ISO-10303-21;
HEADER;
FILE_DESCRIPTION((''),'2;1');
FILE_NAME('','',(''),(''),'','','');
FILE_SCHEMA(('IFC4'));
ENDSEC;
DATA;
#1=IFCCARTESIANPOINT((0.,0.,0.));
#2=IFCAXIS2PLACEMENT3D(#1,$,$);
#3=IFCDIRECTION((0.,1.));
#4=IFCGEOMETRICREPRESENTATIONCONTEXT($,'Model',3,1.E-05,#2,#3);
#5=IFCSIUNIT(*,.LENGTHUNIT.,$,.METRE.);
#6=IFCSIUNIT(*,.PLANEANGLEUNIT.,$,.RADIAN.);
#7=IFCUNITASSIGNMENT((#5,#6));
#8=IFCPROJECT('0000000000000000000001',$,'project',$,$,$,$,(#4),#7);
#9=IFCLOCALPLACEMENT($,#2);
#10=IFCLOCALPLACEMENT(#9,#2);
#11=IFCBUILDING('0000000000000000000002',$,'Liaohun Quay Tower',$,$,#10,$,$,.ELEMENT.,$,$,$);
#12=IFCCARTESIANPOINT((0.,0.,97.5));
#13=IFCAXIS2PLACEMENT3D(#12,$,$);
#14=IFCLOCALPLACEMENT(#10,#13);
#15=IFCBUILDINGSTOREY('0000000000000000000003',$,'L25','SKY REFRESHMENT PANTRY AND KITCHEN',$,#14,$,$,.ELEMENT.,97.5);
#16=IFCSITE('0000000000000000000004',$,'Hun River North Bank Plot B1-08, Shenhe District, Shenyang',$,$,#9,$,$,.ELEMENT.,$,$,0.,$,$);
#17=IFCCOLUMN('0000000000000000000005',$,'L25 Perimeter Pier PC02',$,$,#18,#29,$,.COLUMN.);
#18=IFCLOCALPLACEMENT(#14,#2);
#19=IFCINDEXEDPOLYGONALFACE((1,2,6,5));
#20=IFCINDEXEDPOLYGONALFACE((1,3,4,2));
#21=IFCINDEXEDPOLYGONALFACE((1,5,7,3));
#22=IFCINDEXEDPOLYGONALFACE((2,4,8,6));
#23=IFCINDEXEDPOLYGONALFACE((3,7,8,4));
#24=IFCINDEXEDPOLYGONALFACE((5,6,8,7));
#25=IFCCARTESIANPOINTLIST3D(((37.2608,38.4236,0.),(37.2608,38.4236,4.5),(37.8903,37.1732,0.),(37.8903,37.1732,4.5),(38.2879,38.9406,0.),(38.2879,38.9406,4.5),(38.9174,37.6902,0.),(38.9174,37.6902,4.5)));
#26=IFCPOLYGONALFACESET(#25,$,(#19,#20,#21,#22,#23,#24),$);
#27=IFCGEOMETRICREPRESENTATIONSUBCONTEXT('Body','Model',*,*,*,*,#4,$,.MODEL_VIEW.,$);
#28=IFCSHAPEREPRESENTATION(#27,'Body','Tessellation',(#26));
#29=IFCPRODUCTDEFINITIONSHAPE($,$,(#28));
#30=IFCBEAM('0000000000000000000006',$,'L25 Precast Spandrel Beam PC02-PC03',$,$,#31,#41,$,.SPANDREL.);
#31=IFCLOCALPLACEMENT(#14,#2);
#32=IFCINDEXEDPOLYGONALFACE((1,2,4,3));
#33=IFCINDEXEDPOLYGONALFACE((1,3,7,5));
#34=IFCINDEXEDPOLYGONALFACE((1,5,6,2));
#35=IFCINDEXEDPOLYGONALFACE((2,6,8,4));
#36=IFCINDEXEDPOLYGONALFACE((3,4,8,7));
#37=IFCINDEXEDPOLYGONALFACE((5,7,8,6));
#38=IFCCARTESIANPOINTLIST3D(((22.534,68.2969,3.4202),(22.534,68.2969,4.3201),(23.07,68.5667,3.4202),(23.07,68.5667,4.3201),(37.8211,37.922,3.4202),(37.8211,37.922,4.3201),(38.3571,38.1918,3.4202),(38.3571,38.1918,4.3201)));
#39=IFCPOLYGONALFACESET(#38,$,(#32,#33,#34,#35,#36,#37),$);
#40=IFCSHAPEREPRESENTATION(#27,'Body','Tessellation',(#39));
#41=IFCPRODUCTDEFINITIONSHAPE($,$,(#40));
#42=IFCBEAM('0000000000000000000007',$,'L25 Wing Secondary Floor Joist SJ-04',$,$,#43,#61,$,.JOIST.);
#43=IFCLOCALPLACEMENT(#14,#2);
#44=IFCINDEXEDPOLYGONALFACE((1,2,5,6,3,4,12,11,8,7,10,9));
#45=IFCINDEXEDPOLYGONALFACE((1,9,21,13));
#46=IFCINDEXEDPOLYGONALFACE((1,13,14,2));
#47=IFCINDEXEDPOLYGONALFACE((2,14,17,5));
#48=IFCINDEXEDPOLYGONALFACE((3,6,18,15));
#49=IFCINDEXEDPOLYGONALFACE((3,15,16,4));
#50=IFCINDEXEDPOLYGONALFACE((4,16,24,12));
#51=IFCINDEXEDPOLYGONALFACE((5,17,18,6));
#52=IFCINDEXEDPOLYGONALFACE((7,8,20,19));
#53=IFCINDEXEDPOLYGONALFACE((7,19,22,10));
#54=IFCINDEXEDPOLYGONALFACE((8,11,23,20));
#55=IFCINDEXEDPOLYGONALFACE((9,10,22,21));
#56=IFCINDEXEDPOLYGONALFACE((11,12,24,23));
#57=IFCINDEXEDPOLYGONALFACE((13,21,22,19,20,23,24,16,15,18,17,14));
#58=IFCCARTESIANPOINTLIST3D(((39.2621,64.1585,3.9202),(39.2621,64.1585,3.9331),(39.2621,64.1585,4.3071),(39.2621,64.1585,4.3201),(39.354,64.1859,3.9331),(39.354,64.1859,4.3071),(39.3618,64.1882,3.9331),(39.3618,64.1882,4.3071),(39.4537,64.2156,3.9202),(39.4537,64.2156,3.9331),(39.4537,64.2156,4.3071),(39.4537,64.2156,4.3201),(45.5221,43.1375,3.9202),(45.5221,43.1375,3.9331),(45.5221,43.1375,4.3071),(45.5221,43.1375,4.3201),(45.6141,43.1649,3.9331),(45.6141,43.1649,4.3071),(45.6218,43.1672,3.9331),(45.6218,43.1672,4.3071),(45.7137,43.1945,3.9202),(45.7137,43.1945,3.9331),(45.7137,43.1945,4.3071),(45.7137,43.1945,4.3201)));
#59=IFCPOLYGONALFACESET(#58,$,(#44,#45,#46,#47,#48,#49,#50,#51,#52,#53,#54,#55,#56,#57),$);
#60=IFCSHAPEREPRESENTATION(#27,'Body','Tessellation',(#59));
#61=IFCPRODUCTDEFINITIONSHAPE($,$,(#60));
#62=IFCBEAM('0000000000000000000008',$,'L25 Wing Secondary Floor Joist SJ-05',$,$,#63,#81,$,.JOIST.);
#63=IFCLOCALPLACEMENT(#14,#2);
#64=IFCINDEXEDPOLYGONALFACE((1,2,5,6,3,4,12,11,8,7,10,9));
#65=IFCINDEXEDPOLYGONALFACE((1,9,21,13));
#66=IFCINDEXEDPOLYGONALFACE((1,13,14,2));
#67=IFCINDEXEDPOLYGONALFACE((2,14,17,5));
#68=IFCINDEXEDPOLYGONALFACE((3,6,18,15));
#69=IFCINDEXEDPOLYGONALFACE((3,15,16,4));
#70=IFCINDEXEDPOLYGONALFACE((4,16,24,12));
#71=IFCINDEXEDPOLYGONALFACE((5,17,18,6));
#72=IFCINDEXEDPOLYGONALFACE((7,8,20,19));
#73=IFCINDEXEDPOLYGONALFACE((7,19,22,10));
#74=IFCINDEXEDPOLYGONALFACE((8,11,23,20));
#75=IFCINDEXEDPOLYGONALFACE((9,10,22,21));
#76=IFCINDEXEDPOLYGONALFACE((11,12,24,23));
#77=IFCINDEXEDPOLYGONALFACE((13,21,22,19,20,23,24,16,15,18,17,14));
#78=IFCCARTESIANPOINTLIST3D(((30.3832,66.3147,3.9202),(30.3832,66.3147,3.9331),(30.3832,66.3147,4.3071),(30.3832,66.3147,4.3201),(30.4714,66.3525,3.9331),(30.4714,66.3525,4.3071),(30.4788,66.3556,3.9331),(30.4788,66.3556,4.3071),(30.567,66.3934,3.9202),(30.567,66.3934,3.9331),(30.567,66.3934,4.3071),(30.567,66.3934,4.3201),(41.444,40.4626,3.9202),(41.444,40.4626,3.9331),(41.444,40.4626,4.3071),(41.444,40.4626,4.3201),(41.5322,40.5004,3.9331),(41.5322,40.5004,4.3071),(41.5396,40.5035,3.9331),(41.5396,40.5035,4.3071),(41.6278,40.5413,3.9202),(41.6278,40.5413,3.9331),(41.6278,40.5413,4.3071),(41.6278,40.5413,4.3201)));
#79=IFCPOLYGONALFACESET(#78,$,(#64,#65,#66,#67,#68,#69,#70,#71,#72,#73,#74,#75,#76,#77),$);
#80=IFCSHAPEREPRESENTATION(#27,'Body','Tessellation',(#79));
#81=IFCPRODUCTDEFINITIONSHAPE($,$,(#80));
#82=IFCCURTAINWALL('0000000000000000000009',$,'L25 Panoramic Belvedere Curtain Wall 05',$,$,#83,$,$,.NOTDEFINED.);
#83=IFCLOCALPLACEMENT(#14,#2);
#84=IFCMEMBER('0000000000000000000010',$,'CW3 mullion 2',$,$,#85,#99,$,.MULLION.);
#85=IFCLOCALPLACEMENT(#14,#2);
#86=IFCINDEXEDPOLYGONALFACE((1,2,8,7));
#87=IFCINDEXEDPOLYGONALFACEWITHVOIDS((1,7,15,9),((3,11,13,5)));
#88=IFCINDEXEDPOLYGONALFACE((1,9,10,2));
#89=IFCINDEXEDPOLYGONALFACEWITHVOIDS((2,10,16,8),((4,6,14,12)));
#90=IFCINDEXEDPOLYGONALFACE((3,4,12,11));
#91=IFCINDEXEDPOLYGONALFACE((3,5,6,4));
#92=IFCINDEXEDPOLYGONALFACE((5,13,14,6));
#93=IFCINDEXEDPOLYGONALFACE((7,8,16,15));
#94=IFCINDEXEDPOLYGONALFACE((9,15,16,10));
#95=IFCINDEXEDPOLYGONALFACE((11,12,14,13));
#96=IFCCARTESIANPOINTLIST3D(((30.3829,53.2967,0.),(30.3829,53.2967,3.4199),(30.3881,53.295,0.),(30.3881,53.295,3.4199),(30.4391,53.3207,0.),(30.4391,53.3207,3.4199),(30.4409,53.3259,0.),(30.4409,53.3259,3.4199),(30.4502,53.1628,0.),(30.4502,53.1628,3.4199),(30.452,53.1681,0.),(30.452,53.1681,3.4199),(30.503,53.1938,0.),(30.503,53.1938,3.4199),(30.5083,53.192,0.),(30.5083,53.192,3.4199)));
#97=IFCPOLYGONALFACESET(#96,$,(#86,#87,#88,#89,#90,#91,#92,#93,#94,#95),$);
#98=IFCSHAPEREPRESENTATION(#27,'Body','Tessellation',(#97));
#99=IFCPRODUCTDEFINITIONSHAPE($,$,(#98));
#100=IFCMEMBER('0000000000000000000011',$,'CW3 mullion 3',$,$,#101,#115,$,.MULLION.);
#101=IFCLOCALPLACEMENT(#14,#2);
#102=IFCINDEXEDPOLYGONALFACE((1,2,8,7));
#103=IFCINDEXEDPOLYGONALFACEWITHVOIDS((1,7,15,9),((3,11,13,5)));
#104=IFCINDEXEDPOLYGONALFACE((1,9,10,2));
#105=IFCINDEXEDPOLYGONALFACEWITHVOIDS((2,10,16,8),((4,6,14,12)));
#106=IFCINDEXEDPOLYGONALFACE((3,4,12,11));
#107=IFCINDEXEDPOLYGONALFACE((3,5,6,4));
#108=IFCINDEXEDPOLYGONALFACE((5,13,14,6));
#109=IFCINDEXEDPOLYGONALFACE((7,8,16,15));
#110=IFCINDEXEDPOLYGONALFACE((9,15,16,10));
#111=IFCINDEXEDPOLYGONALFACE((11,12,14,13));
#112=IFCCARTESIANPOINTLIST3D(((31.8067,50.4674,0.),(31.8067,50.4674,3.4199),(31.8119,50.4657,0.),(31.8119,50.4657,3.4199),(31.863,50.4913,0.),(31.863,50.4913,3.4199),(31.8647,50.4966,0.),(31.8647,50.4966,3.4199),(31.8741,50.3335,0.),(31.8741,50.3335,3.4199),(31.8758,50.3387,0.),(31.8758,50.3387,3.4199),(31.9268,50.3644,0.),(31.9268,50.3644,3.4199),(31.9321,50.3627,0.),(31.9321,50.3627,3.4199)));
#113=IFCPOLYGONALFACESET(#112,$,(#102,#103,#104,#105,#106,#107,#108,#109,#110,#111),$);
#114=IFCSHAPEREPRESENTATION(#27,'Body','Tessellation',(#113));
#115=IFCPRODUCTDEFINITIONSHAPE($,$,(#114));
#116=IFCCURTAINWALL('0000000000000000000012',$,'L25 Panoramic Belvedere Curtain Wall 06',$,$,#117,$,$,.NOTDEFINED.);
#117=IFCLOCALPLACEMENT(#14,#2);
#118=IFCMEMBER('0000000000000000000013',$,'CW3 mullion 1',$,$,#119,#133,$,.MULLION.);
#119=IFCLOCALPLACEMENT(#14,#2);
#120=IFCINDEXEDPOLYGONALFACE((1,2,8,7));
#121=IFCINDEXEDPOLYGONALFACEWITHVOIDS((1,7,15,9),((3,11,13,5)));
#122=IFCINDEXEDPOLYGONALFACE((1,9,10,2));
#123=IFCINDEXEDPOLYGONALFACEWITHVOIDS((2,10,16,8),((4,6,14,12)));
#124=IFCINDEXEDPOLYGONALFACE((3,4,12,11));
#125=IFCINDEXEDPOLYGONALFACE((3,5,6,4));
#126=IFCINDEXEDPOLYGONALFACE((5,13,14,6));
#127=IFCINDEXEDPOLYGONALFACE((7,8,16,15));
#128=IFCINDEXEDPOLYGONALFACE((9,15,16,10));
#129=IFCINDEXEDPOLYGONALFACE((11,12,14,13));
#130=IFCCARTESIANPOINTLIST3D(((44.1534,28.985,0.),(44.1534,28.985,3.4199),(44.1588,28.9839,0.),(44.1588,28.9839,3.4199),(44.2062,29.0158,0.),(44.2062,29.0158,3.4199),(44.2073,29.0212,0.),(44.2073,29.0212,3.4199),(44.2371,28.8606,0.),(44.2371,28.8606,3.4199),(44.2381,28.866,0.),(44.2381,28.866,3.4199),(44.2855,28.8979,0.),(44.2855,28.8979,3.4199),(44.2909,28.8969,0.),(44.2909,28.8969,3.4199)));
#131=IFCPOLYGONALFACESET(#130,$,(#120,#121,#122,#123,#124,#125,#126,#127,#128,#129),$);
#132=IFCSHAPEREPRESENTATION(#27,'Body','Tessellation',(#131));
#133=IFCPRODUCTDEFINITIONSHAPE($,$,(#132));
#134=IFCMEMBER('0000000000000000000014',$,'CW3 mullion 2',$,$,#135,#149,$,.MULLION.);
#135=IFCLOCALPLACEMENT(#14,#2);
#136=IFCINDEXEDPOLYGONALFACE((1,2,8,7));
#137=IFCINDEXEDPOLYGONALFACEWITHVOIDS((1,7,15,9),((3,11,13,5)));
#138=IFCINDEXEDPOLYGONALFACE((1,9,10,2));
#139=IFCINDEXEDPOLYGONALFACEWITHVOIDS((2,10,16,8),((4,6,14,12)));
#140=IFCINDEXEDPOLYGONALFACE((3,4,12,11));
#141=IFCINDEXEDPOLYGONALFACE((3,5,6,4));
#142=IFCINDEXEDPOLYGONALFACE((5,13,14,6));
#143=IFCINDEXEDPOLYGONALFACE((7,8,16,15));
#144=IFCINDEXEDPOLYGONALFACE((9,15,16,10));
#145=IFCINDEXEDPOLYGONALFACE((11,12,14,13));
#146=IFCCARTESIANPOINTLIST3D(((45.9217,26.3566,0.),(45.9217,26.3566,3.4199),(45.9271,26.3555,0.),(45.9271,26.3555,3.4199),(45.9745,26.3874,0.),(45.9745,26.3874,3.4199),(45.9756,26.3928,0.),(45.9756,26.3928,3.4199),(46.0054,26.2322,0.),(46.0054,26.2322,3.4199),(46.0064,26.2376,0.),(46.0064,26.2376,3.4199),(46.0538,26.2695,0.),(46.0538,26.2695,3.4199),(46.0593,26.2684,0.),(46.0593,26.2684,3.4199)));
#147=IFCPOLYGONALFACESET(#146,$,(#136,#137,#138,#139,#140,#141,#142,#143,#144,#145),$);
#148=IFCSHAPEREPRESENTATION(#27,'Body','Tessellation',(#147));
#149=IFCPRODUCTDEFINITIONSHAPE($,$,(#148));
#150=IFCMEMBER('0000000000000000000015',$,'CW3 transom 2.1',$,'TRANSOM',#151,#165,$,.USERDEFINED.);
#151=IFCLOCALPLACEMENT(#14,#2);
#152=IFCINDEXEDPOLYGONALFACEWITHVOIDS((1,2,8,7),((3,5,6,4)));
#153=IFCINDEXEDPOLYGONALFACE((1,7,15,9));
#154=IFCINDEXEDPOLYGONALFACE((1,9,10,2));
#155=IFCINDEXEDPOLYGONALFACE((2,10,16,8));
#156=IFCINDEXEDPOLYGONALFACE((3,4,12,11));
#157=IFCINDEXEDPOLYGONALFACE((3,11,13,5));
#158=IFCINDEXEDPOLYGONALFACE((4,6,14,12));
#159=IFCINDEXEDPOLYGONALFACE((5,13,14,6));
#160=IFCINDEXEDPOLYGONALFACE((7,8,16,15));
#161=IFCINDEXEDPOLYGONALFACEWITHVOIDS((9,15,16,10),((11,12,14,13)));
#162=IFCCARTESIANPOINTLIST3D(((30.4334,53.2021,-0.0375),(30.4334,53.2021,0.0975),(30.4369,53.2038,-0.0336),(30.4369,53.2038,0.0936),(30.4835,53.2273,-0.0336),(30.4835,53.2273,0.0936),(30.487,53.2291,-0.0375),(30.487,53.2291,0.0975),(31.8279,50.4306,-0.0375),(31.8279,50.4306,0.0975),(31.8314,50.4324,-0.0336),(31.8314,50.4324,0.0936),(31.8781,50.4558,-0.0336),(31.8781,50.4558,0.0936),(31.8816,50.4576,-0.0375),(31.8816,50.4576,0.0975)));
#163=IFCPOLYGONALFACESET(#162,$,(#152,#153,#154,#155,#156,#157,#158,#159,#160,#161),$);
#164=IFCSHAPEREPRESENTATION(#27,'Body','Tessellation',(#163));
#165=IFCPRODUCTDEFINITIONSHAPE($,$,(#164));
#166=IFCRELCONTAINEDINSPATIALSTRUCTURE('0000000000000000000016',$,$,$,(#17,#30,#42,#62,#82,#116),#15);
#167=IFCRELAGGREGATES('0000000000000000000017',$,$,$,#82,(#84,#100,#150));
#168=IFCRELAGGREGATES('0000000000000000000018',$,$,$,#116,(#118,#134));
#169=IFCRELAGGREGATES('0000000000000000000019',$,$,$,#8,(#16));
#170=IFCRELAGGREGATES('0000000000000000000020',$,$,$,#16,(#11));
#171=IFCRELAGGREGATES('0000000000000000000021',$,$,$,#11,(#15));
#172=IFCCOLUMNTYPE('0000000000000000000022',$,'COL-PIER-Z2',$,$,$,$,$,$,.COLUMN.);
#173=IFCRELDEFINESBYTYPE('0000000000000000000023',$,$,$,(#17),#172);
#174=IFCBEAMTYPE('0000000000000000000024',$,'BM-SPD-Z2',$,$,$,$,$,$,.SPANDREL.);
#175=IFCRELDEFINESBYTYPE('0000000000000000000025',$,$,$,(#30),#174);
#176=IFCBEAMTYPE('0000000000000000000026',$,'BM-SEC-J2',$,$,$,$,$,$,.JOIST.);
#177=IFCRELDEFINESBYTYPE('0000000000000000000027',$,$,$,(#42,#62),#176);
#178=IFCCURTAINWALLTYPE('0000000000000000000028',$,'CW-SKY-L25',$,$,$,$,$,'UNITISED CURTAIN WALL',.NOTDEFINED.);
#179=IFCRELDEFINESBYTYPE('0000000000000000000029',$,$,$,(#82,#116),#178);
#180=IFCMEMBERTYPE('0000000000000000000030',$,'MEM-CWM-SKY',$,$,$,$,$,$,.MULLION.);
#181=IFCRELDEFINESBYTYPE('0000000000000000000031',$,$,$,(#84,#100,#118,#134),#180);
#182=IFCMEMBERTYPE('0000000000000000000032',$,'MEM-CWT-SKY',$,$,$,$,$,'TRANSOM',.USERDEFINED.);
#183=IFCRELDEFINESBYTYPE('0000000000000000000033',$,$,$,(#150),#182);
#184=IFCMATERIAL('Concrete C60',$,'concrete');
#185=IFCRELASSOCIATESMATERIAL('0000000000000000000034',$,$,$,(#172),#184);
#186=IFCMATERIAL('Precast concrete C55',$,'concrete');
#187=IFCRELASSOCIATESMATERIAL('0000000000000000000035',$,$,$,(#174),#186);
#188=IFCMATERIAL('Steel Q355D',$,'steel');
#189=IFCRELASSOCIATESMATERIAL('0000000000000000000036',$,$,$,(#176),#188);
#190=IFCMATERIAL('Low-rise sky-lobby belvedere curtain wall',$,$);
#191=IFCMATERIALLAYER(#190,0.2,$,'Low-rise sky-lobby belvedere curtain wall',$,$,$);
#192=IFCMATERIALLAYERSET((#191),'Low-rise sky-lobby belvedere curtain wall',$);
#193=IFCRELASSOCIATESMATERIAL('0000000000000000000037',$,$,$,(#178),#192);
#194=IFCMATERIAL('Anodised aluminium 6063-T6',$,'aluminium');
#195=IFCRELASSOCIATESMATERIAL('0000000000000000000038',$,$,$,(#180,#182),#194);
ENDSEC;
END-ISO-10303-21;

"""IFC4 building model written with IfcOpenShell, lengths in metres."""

from ifc_helpers import new_model, si_unit, direction, frame, origin, origin_2d, place, context, subcontext, project, spatial, rectangle, hollow_rectangle, i_section, extrude, source, transform, mapped, material, layer, layer_set, material_profile, profile_set, type_object, element, aggregate, save


model = new_model("IFC4")

# Units and contexts
model_context = context("Model", 3, precision=1e-05, world=origin(), true_north=direction((0.0, 1.0)))
body_context = subcontext(model_context, "Body", "Model", "MODEL_VIEW")
ifc_project = project(units=[si_unit("LENGTHUNIT", "METRE"), si_unit("PLANEANGLEUNIT", "RADIAN")], contexts=[model_context])

# Site, building, storey
site_placement = place(None, origin())
site = spatial("IfcSite", under=ifc_project, at=site_placement, Name="Hun River North Bank Plot B1-08, Shenhe District, Shenyang", CompositionType="ELEMENT", RefElevation=0.0)
building_placement = place(site_placement, origin())
building = spatial("IfcBuilding", under=site, at=building_placement, Name="Liaohun Quay Tower", CompositionType="ELEMENT")
storey_placement = place(building_placement, frame((0.0, 0.0, 97.5)))
storey = spatial("IfcBuildingStorey", under=building, at=storey_placement, Name="L25", Description="SKY REFRESHMENT PANTRY AND KITCHEN", CompositionType="ELEMENT", Elevation=97.5)

# Column
ifc_material_1 = material(Name="Concrete C60", Category="concrete")
ifc_material_profile_1 = material_profile(ifc_material_1, rectangle(XDim=1.3999, YDim=1.1499, at=origin_2d()), Name="RC1400x1150")
ifc_profile_set_1 = profile_set([ifc_material_profile_1], Name="Concrete C60")
column_type = type_object("IfcColumnType", Name="COL-PIER-Z2", PredefinedType="COLUMN", material=ifc_profile_set_1)
shared_shape_1 = source(origin(), body_context, "Body", "SweptSolid", [
    extrude(rectangle(XDim=1.3999, YDim=1.1499, at=origin_2d()), origin(), (0.0, 0.0, 1.0), 4.5),
])
column_placement = place(storey_placement, frame((38.0891, 38.0569, 0.0), z_axis=(0.0, 0.0, 1.0), x_axis=(-0.449631, 0.893214, 0.0)))
element("IfcColumn", 1, at=column_placement, inside=storey, type_object=column_type, Name="L25 Perimeter Pier PC02", PredefinedType="COLUMN", context=body_context, shape_type="MappedRepresentation", body=[
    mapped(shared_shape_1, transform((0.0, 0.0, 0.0), x_axis=(1.0, 0.0, 0.0), y_axis=(0.0, 1.0, 0.0), z_axis=(0.0, 0.0, 1.0), scale=1.0)),
])

# Beams
ifc_material_2 = material(Name="Precast concrete C55", Category="concrete")
ifc_material_profile_2 = material_profile(ifc_material_2, rectangle(XDim=0.6001, YDim=0.8999, at=origin_2d()), Name="RC600x900")
ifc_profile_set_2 = profile_set([ifc_material_profile_2], Name="Precast concrete C55")
beam_type_1 = type_object("IfcBeamType", Name="BM-SPD-Z2", PredefinedType="SPANDREL", material=ifc_profile_set_2)
shared_shape_2 = source(origin(), body_context, "Body", "SweptSolid", [
    extrude(rectangle(XDim=0.6001, YDim=0.8999, at=origin_2d()), origin(), (0.0, 0.0, 1.0), 34.0049),
])
beam_1_placement = place(storey_placement, frame((38.0891, 38.0569, 3.8701), z_axis=(-0.449555, 0.893252, 0.0), x_axis=(-0.893252, -0.449555, 0.0)))
element("IfcBeam", 2, at=beam_1_placement, inside=storey, type_object=beam_type_1, Name="L25 Precast Spandrel Beam PC02-PC03", PredefinedType="SPANDREL", context=body_context, shape_type="MappedRepresentation", body=[
    mapped(shared_shape_2, transform((0.0, 0.0, 0.0), x_axis=(1.0, 0.0, 0.0), y_axis=(0.0, 1.0, 0.0), z_axis=(0.0, 0.0, 1.0), scale=1.0)),
])
ifc_material_3 = material(Name="Steel Q355D", Category="steel")
ifc_material_profile_3 = material_profile(ifc_material_3, i_section(OverallWidth=0.2, OverallDepth=0.3999, WebThickness=0.0081, FlangeThickness=0.0129, at=origin_2d()), Name="HN400x200x8x13")
ifc_profile_set_3 = profile_set([ifc_material_profile_3], Name="Steel Q355D")
beam_type_2 = type_object("IfcBeamType", Name="BM-SEC-J2", PredefinedType="JOIST", material=ifc_profile_set_3)
shared_shape_3 = source(origin(), body_context, "Body", "SweptSolid", [
    extrude(i_section(OverallWidth=0.2, OverallDepth=0.3999, WebThickness=0.0081, FlangeThickness=0.0129, at=origin_2d()), origin(), (0.0, 0.0, 1.0), 21.9333),
])
beam_2_placement = place(storey_placement, frame((45.6179, 43.166, 4.1201), z_axis=(-0.285411, 0.958405, 0.0), x_axis=(-0.958405, -0.285411, 0.0)))
element("IfcBeam", 3, at=beam_2_placement, inside=storey, type_object=beam_type_2, Name="L25 Wing Secondary Floor Joist SJ-04", PredefinedType="JOIST", context=body_context, shape_type="MappedRepresentation", body=[
    mapped(shared_shape_3, transform((0.0, 0.0, 0.0), x_axis=(1.0, 0.0, 0.0), y_axis=(0.0, 1.0, 0.0), z_axis=(0.0, 0.0, 1.0), scale=1.0)),
])
shared_shape_4 = source(origin(), body_context, "Body", "SweptSolid", [
    extrude(i_section(OverallWidth=0.2, OverallDepth=0.3999, WebThickness=0.0081, FlangeThickness=0.0129, at=origin_2d()), origin(), (0.0, 0.0, 1.0), 28.1189),
])
beam_3_placement = place(storey_placement, frame((41.5359, 40.502, 4.1201), z_axis=(-0.393359, 0.919385, 0.0), x_axis=(-0.919385, -0.393359, 0.0)))
element("IfcBeam", 4, at=beam_3_placement, inside=storey, type_object=beam_type_2, Name="L25 Wing Secondary Floor Joist SJ-05", PredefinedType="JOIST", context=body_context, shape_type="MappedRepresentation", body=[
    mapped(shared_shape_4, transform((0.0, 0.0, 0.0), x_axis=(1.0, 0.0, 0.0), y_axis=(0.0, 1.0, 0.0), z_axis=(0.0, 0.0, 1.0), scale=1.0)),
])

# Curtain walls, members
ifc_material_4 = material(Name="Low-rise sky-lobby belvedere curtain wall")
ifc_layer_1 = layer(ifc_material_4, 0.2, Name="Low-rise sky-lobby belvedere curtain wall")
ifc_layer_set_1 = layer_set([ifc_layer_1], Name="Low-rise sky-lobby belvedere curtain wall")
curtain_wall_type = type_object("IfcCurtainWallType", Name="CW-SKY-L25", ElementType="UNITISED CURTAIN WALL", PredefinedType="NOTDEFINED", material=ifc_layer_set_1)
curtain_wall_1_placement = place(storey_placement, origin())
curtain_wall_1 = element("IfcCurtainWall", 5, at=curtain_wall_1_placement, inside=storey, type_object=curtain_wall_type, Name="L25 Panoramic Belvedere Curtain Wall 05", PredefinedType="NOTDEFINED")
ifc_material_5 = material(Name="Anodised aluminium 6063-T6", Category="aluminium")
ifc_material_profile_4 = material_profile(ifc_material_5, hollow_rectangle(XDim=0.0649, YDim=0.1499, WallThickness=0.0039, at=origin_2d()), Name="RHS150x65x4")
ifc_profile_set_4 = profile_set([ifc_material_profile_4], Name="Anodised aluminium 6063-T6")
member_type_1 = type_object("IfcMemberType", Name="MEM-CWM-SKY", PredefinedType="MULLION", material=ifc_profile_set_4)
shared_shape_5 = source(origin(), body_context, "Body", "SweptSolid", [
    extrude(hollow_rectangle(XDim=0.0649, YDim=0.1499, WallThickness=0.0039, at=origin_2d()), origin(), (0.0, 0.0, 1.0), 3.4199),
])
member_1_placement = place(storey_placement, frame((30.4456, 53.2444, 0.0), z_axis=(0.0, 0.0, 1.0), x_axis=(0.893268, 0.449525, 0.0)))
member_1 = element("IfcMember", 6, at=member_1_placement, type_object=member_type_1, Name="CW3 mullion 2", PredefinedType="MULLION", context=body_context, shape_type="MappedRepresentation", body=[
    mapped(shared_shape_5, transform((0.0, 0.0, 0.0), x_axis=(1.0, 0.0, 0.0), y_axis=(0.0, 1.0, 0.0), z_axis=(0.0, 0.0, 1.0), scale=1.0)),
])
member_2_placement = place(storey_placement, frame((31.8694, 50.415, 0.0), z_axis=(0.0, 0.0, 1.0), x_axis=(0.893268, 0.449525, 0.0)))
member_2 = element("IfcMember", 7, at=member_2_placement, type_object=member_type_1, Name="CW3 mullion 3", PredefinedType="MULLION", context=body_context, shape_type="MappedRepresentation", body=[
    mapped(shared_shape_5, transform((0.0, 0.0, 0.0), x_axis=(1.0, 0.0, 0.0), y_axis=(0.0, 1.0, 0.0), z_axis=(0.0, 0.0, 1.0), scale=1.0)),
])
curtain_wall_2_placement = place(storey_placement, origin())
curtain_wall_2 = element("IfcCurtainWall", 8, at=curtain_wall_2_placement, inside=storey, type_object=curtain_wall_type, Name="L25 Panoramic Belvedere Curtain Wall 06", PredefinedType="NOTDEFINED")
member_3_placement = place(storey_placement, frame((44.2222, 28.9409, 0.0), z_axis=(0.0, 0.0, 1.0), x_axis=(0.829712, 0.558192, 0.0)))
member_3 = element("IfcMember", 9, at=member_3_placement, type_object=member_type_1, Name="CW3 mullion 1", PredefinedType="MULLION", context=body_context, shape_type="MappedRepresentation", body=[
    mapped(shared_shape_5, transform((0.0, 0.0, 0.0), x_axis=(1.0, 0.0, 0.0), y_axis=(0.0, 1.0, 0.0), z_axis=(0.0, 0.0, 1.0), scale=1.0)),
])
member_4_placement = place(storey_placement, frame((45.9905, 26.3125, 0.0), z_axis=(0.0, 0.0, 1.0), x_axis=(0.829712, 0.558192, 0.0)))
member_4 = element("IfcMember", 10, at=member_4_placement, type_object=member_type_1, Name="CW3 mullion 2", PredefinedType="MULLION", context=body_context, shape_type="MappedRepresentation", body=[
    mapped(shared_shape_5, transform((0.0, 0.0, 0.0), x_axis=(1.0, 0.0, 0.0), y_axis=(0.0, 1.0, 0.0), z_axis=(0.0, 0.0, 1.0), scale=1.0)),
])

# Member
ifc_material_profile_5 = material_profile(ifc_material_5, hollow_rectangle(XDim=0.0601, YDim=0.135, WallThickness=0.0039, at=origin_2d()), Name="RHS135x60x4")
ifc_profile_set_5 = profile_set([ifc_material_profile_5], Name="Anodised aluminium 6063-T6")
member_type_2 = type_object("IfcMemberType", Name="MEM-CWT-SKY", ElementType="TRANSOM", PredefinedType="USERDEFINED", material=ifc_profile_set_5)
shared_shape_6 = source(origin(), body_context, "Body", "SweptSolid", [
    extrude(hollow_rectangle(XDim=0.0601, YDim=0.135, WallThickness=0.0039, at=origin_2d()), origin(), (0.0, 0.0, 1.0), 3.1025),
])
member_5_placement = place(storey_placement, frame((30.4602, 53.2156, 0.03), z_axis=(0.449478, -0.893291, 0.0), x_axis=(0.893291, 0.449478, 0.0)))
member_5 = element("IfcMember", 11, at=member_5_placement, type_object=member_type_2, Name="CW3 transom 2.1", ObjectType="TRANSOM", PredefinedType="USERDEFINED", context=body_context, shape_type="MappedRepresentation", body=[
    mapped(shared_shape_6, transform((0.0, 0.0, 0.0), x_axis=(1.0, 0.0, 0.0), y_axis=(0.0, 1.0, 0.0), z_axis=(0.0, 0.0, 1.0), scale=1.0)),
])

aggregate(curtain_wall_1, [member_1, member_2, member_5])
aggregate(curtain_wall_2, [member_3, member_4])

save(model, "model.ifc")
